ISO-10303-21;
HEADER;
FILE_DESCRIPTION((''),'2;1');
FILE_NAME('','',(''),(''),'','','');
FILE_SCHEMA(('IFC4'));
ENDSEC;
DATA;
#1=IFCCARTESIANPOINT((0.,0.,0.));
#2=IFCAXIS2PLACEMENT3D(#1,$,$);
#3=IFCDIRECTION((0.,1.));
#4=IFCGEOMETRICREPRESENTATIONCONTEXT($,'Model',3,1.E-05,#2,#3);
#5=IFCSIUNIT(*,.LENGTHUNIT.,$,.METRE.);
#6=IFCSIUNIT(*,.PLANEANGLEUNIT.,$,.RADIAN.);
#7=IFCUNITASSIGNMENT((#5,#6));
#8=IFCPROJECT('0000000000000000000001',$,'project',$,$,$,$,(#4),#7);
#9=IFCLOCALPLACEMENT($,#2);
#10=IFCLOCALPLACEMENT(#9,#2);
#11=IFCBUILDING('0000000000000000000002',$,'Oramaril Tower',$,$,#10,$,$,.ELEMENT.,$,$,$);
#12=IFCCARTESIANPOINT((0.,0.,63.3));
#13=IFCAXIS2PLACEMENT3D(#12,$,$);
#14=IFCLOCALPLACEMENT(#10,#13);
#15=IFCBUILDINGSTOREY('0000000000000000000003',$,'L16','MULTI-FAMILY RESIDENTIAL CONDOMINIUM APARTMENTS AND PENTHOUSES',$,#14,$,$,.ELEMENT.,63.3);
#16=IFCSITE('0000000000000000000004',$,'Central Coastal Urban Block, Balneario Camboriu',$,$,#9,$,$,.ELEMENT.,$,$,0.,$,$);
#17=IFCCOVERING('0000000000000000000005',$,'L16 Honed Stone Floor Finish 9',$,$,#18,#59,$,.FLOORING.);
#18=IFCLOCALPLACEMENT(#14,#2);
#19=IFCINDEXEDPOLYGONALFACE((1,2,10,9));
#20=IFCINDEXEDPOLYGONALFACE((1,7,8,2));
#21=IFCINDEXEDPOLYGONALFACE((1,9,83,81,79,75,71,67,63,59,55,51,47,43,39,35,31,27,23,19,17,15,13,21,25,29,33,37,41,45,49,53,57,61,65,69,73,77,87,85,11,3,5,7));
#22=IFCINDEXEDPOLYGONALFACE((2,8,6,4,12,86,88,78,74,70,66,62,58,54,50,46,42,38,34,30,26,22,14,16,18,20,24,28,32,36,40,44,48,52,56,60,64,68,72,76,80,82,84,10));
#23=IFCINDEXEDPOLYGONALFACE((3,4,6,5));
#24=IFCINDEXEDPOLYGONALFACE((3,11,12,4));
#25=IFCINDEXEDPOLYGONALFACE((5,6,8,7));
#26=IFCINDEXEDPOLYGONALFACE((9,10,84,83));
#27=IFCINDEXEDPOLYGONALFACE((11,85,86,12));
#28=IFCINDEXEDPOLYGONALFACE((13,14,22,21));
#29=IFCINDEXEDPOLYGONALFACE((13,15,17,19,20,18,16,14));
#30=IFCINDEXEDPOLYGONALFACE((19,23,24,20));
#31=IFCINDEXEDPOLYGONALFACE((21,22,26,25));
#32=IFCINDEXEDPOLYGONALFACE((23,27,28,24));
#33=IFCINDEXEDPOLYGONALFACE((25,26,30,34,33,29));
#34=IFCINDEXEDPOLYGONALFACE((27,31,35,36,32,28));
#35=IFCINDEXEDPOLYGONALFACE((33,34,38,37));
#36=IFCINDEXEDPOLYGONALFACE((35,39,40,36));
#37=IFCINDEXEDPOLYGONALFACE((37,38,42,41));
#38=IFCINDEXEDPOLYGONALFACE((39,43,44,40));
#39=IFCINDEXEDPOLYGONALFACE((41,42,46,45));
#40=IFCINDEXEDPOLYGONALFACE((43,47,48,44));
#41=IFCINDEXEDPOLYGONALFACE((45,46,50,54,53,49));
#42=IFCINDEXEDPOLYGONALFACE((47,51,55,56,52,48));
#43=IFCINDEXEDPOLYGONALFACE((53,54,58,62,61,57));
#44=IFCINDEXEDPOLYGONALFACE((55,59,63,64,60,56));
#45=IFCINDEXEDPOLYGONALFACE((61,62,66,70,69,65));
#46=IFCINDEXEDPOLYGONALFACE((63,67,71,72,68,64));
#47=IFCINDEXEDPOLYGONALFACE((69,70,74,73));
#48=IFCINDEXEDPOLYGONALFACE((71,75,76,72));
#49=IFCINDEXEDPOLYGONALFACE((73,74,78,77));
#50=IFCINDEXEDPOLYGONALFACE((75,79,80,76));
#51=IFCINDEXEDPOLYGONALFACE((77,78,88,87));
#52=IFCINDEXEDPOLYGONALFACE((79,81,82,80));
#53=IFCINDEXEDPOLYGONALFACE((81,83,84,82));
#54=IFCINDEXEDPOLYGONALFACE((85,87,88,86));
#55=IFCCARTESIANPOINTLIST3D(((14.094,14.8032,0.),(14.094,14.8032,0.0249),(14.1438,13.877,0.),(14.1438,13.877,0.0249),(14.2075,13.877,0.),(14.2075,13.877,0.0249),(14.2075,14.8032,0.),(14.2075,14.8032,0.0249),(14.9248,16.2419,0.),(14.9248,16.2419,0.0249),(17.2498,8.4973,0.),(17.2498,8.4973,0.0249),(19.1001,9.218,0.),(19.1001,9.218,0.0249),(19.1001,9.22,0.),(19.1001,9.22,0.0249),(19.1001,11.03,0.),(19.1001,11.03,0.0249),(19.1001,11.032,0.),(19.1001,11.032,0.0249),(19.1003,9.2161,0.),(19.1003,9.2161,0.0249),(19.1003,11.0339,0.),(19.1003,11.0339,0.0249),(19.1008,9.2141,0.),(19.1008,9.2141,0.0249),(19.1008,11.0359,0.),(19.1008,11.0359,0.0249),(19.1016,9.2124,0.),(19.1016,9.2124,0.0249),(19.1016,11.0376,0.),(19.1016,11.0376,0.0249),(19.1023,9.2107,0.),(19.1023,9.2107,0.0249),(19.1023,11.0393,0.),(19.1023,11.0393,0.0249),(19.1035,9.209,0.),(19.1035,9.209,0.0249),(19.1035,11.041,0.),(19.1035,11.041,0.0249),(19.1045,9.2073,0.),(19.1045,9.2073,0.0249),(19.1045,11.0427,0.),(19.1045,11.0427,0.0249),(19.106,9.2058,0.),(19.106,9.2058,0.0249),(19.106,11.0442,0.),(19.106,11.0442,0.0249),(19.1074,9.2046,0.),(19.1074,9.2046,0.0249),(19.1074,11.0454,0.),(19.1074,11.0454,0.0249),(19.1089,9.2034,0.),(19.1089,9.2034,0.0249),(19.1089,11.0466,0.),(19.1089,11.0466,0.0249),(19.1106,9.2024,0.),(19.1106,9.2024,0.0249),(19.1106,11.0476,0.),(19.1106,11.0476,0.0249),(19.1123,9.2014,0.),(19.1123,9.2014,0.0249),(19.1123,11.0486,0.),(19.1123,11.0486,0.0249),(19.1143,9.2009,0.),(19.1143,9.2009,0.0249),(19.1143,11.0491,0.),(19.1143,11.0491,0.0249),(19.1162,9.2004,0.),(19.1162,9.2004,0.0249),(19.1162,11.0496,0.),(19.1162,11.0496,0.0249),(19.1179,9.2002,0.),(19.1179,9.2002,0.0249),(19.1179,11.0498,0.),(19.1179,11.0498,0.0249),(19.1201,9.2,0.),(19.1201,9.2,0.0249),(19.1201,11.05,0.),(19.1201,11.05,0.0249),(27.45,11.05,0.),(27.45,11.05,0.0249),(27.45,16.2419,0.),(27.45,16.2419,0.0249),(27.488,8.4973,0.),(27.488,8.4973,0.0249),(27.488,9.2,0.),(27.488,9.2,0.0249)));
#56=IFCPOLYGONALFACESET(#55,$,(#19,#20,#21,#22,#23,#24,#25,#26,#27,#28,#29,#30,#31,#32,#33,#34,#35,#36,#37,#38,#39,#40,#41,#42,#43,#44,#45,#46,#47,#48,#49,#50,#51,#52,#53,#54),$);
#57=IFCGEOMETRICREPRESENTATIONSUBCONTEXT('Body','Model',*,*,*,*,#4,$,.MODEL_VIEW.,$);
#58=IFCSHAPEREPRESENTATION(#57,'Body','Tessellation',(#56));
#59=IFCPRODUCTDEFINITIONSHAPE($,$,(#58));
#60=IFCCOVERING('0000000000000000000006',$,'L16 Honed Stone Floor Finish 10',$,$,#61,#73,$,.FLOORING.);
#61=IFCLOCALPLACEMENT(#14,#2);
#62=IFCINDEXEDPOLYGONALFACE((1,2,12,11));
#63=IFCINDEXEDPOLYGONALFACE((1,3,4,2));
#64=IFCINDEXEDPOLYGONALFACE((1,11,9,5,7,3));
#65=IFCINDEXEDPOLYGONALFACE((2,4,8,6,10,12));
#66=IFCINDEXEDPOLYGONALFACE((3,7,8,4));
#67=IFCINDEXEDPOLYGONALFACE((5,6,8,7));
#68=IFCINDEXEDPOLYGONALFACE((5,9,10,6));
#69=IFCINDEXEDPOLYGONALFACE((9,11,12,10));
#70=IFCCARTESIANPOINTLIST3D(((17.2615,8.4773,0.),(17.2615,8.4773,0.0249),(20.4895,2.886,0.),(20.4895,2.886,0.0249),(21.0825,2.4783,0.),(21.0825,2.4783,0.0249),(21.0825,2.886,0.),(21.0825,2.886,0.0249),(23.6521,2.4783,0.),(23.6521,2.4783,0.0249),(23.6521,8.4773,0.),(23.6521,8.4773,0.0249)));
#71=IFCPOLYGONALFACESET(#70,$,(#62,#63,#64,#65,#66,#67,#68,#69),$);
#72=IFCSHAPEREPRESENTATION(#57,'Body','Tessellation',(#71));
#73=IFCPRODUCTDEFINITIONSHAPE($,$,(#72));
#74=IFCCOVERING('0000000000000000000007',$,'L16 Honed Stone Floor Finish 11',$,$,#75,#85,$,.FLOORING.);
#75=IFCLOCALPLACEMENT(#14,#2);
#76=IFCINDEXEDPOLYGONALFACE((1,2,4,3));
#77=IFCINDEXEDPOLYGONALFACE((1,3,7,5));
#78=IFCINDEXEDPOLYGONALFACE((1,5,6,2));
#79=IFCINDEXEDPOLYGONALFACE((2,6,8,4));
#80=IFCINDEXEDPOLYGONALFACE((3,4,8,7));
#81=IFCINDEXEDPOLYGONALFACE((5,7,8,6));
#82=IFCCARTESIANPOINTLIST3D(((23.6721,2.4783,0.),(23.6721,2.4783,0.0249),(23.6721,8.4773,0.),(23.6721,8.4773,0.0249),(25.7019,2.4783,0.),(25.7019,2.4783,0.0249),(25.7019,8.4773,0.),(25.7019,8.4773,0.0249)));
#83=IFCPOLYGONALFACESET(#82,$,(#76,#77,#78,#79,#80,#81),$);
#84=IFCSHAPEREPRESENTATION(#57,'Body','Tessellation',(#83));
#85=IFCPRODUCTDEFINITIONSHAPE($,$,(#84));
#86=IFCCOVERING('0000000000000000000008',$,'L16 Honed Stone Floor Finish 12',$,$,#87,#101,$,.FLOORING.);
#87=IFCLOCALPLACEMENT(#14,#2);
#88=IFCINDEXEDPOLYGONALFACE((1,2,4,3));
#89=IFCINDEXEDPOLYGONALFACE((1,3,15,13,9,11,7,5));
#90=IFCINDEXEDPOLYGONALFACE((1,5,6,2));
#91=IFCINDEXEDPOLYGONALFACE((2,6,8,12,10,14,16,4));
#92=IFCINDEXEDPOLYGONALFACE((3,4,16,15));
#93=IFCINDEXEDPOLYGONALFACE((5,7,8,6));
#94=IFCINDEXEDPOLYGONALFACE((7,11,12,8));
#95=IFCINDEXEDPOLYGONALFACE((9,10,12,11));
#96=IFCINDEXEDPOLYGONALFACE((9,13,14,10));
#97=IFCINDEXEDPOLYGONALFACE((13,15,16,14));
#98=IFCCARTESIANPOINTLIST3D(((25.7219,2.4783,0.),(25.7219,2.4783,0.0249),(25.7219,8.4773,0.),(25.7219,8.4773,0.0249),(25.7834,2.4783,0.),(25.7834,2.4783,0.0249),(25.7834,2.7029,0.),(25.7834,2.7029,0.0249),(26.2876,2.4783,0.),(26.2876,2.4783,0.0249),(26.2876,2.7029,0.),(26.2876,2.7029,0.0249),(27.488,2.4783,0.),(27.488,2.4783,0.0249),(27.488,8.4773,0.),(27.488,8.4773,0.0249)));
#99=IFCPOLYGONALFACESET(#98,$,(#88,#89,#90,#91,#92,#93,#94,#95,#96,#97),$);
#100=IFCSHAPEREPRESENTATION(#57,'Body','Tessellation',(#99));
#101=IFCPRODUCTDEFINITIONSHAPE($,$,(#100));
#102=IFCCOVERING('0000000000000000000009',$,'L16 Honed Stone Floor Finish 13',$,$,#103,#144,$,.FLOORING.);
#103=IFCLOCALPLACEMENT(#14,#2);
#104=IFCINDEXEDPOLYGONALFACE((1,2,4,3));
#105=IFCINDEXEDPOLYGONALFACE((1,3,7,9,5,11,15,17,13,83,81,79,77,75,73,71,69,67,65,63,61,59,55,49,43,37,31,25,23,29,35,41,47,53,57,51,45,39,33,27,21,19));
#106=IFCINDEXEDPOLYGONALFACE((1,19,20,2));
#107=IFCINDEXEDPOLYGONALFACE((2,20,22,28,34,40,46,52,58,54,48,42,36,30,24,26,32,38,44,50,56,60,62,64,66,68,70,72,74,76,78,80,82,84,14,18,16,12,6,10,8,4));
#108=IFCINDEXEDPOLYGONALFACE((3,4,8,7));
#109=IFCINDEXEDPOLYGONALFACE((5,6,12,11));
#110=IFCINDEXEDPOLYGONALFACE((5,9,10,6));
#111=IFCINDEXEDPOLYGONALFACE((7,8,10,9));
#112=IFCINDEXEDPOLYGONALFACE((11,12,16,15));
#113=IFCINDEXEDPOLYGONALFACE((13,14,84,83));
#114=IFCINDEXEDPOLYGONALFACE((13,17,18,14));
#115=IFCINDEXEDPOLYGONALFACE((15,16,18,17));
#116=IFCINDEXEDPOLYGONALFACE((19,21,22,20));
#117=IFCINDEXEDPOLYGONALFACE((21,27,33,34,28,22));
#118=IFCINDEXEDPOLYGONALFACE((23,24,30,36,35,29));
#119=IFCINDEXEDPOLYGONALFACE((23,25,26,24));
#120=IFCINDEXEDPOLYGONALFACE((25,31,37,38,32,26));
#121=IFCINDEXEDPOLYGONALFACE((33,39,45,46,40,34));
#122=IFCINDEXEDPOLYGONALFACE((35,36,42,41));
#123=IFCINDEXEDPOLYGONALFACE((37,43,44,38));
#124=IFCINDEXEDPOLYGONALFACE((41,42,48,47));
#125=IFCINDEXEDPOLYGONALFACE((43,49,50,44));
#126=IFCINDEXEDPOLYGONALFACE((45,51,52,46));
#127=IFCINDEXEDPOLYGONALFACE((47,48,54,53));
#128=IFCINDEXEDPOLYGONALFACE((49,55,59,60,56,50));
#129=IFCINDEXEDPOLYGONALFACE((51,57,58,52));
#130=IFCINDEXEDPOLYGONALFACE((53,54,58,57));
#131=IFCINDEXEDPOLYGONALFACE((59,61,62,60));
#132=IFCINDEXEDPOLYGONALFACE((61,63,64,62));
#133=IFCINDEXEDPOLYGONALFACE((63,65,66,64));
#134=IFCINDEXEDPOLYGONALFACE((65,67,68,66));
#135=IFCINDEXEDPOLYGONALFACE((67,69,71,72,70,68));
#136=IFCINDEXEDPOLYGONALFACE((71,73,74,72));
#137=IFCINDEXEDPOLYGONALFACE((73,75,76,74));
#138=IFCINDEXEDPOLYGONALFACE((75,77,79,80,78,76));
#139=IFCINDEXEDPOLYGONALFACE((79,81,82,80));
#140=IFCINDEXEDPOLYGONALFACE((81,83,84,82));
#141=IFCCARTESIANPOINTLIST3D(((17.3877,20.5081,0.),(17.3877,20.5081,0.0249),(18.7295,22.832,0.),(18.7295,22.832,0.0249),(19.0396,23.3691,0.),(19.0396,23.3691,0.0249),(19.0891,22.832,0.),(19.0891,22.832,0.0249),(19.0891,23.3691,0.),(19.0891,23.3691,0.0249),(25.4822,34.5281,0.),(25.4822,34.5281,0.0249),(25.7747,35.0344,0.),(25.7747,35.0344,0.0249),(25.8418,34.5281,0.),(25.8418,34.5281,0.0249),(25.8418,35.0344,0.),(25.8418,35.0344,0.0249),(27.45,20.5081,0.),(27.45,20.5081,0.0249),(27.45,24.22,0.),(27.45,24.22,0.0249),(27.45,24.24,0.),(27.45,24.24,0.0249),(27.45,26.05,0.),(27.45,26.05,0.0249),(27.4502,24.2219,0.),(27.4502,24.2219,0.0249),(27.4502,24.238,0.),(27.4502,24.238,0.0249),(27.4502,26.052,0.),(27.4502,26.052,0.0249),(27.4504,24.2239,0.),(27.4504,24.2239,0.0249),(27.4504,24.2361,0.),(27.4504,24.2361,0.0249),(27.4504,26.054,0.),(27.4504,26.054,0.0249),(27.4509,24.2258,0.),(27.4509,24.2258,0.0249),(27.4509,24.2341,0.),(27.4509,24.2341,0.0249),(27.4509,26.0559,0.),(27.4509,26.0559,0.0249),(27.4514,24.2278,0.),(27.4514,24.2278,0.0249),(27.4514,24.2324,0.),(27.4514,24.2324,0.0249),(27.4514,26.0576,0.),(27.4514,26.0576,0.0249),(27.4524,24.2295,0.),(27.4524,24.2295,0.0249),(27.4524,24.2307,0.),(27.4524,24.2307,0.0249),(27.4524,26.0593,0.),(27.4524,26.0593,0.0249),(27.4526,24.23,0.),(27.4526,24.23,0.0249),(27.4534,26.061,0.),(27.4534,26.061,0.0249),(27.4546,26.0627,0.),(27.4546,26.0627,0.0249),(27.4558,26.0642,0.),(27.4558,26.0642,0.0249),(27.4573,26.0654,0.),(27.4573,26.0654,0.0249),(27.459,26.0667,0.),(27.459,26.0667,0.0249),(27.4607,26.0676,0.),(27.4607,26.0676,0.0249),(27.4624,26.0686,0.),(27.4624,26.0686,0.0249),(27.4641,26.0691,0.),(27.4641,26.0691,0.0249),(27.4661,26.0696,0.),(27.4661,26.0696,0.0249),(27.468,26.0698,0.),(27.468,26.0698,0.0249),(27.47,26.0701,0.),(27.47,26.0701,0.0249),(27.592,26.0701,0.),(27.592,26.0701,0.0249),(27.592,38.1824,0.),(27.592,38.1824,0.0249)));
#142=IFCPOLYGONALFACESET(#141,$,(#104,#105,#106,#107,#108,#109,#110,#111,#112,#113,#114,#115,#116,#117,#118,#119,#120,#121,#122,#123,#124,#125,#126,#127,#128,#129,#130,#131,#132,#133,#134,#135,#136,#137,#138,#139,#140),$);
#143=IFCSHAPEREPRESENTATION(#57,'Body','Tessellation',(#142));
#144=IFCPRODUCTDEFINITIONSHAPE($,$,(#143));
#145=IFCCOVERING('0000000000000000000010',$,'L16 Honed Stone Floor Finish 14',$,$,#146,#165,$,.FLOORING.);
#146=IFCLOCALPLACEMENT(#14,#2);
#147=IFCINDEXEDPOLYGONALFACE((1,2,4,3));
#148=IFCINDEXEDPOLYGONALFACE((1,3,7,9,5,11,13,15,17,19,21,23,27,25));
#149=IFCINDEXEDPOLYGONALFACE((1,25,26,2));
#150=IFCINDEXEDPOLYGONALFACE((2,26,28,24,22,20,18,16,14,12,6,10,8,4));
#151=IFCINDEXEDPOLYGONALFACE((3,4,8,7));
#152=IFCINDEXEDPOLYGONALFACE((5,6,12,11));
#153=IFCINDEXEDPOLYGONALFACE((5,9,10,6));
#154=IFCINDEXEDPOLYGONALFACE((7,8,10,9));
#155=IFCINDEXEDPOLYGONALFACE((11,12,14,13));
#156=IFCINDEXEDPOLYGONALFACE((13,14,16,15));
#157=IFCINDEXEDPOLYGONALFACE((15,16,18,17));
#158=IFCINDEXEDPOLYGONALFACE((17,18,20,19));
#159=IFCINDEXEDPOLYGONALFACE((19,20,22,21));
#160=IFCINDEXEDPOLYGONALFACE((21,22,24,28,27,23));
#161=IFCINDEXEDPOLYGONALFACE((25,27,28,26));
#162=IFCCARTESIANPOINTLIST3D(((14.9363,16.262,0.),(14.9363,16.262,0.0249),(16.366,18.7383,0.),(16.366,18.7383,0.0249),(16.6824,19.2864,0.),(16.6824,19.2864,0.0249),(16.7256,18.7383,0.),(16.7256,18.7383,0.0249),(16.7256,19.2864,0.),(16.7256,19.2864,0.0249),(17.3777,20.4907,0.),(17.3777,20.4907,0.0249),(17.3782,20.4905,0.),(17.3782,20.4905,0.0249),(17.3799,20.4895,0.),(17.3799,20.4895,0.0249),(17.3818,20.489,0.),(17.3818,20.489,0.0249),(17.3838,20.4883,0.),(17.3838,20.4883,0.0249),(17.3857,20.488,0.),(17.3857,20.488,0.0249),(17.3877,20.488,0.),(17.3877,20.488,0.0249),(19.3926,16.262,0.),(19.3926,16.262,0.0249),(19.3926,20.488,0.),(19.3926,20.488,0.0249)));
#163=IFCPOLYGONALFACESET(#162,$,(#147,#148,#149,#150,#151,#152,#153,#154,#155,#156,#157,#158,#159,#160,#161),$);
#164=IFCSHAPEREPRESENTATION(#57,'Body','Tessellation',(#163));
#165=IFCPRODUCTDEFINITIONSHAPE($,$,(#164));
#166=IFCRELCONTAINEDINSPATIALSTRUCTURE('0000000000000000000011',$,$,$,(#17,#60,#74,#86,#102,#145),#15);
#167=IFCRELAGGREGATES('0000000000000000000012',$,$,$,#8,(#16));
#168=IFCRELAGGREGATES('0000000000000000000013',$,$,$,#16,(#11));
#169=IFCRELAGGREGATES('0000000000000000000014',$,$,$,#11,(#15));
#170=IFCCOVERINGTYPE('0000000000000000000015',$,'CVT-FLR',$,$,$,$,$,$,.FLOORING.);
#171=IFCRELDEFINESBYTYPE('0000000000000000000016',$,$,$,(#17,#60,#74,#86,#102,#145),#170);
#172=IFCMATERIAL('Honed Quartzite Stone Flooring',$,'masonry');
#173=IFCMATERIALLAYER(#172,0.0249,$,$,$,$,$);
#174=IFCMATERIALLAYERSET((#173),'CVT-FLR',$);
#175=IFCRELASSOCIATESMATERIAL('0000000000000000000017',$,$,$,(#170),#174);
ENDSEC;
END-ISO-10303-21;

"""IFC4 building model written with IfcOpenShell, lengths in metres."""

from ifc_helpers import new_model, si_unit, direction, frame, origin, place, context, subcontext, project, spatial, polyline, outline, extrude, material, layer, layer_set, type_object, element, save


model = new_model("IFC4")

# Units and contexts
model_context = context("Model", 3, precision=1e-05, world=origin(), true_north=direction((0.0, 1.0)))
body_context = subcontext(model_context, "Body", "Model", "MODEL_VIEW")
ifc_project = project(units=[si_unit("LENGTHUNIT", "METRE"), si_unit("PLANEANGLEUNIT", "RADIAN")], contexts=[model_context])

# Site, building, storey
site_placement = place(None, origin())
site = spatial("IfcSite", under=ifc_project, at=site_placement, Name="Central Coastal Urban Block, Balneario Camboriu", CompositionType="ELEMENT", RefElevation=0.0)
building_placement = place(site_placement, origin())
building = spatial("IfcBuilding", under=site, at=building_placement, Name="Oramaril Tower", CompositionType="ELEMENT")
storey_placement = place(building_placement, frame((0.0, 0.0, 63.3)))
storey = spatial("IfcBuildingStorey", under=building, at=storey_placement, Name="L16", Description="MULTI-FAMILY RESIDENTIAL CONDOMINIUM APARTMENTS AND PENTHOUSES", CompositionType="ELEMENT", Elevation=63.3)

# Coverings
ifc_material_1 = material(Name="Honed Quartzite Stone Flooring", Category="masonry")
ifc_layer_1 = layer(ifc_material_1, 0.0249)
ifc_layer_set_1 = layer_set([ifc_layer_1], Name="CVT-FLR")
covering_type_1 = type_object("IfcCoveringType", Name="CVT-FLR", PredefinedType="FLOORING", material=ifc_layer_set_1)
covering_1_placement = place(storey_placement, origin())
element("IfcCovering", 1, at=covering_1_placement, inside=storey, type_object=covering_type_1, Name="L16 Honed Stone Floor Finish 9", PredefinedType="FLOORING", context=body_context, shape_type="SweptSolid", body=[
    extrude(outline(polyline([(27.45, 16.2419), (27.45, 11.05), (19.1201, 11.05), (19.1179, 11.0498), (19.1162, 11.0496), (19.1143, 11.0491), (19.1123, 11.0486), (19.1106, 11.0476), (19.1089, 11.0466), (19.1074, 11.0454), (19.106, 11.0442), (19.1045, 11.0427), (19.1035, 11.041), (19.1023, 11.0393), (19.1016, 11.0376), (19.1008, 11.0359), (19.1003, 11.0339), (19.1001, 11.032), (19.1001, 11.03), (19.1001, 9.22), (19.1001, 9.218), (19.1003, 9.2161), (19.1008, 9.2141), (19.1016, 9.2124), (19.1023, 9.2107), (19.1035, 9.209), (19.1045, 9.2073), (19.106, 9.2058), (19.1074, 9.2046), (19.1089, 9.2034), (19.1106, 9.2024), (19.1123, 9.2014), (19.1143, 9.2009), (19.1162, 9.2004), (19.1179, 9.2002), (19.1201, 9.2), (27.488, 9.2), (27.488, 8.4973), (17.2498, 8.4973), (14.1438, 13.877), (14.2075, 13.877), (14.2075, 14.8032), (14.094, 14.8032), (14.9248, 16.2419), (27.45, 16.2419)])), origin(), (0.0, 0.0, 1.0), 0.0249),
])
covering_2_placement = place(storey_placement, origin())
element("IfcCovering", 2, at=covering_2_placement, inside=storey, type_object=covering_type_1, Name="L16 Honed Stone Floor Finish 10", PredefinedType="FLOORING", context=body_context, shape_type="SweptSolid", body=[
    extrude(outline(polyline([(21.0825, 2.4783), (21.0825, 2.886), (20.4895, 2.886), (17.2615, 8.4773), (23.6521, 8.4773), (23.6521, 2.4783), (21.0825, 2.4783)])), origin(), (0.0, 0.0, 1.0), 0.0249),
])
covering_3_placement = place(storey_placement, origin())
element("IfcCovering", 3, at=covering_3_placement, inside=storey, type_object=covering_type_1, Name="L16 Honed Stone Floor Finish 11", PredefinedType="FLOORING", context=body_context, shape_type="SweptSolid", body=[
    extrude(outline(polyline([(23.6721, 2.4783), (23.6721, 8.4773), (25.7019, 8.4773), (25.7019, 2.4783), (23.6721, 2.4783)])), origin(), (0.0, 0.0, 1.0), 0.0249),
])
covering_4_placement = place(storey_placement, origin())
element("IfcCovering", 4, at=covering_4_placement, inside=storey, type_object=covering_type_1, Name="L16 Honed Stone Floor Finish 12", PredefinedType="FLOORING", context=body_context, shape_type="SweptSolid", body=[
    extrude(outline(polyline([(26.2876, 2.4783), (26.2876, 2.7029), (25.7834, 2.7029), (25.7834, 2.4783), (25.7219, 2.4783), (25.7219, 8.4773), (27.488, 8.4773), (27.488, 2.4783), (26.2876, 2.4783)])), origin(), (0.0, 0.0, 1.0), 0.0249),
])
covering_5_placement = place(storey_placement, origin())
element("IfcCovering", 5, at=covering_5_placement, inside=storey, type_object=covering_type_1, Name="L16 Honed Stone Floor Finish 13", PredefinedType="FLOORING", context=body_context, shape_type="SweptSolid", body=[
    extrude(outline(polyline([(18.7295, 22.832), (19.0891, 22.832), (19.0891, 23.3691), (19.0396, 23.3691), (25.4822, 34.5281), (25.8418, 34.5281), (25.8418, 35.0344), (25.7747, 35.0344), (27.592, 38.1824), (27.592, 26.0701), (27.47, 26.0701), (27.468, 26.0698), (27.4661, 26.0696), (27.4641, 26.0691), (27.4624, 26.0686), (27.4607, 26.0676), (27.459, 26.0667), (27.4573, 26.0654), (27.4558, 26.0642), (27.4546, 26.0627), (27.4534, 26.061), (27.4524, 26.0593), (27.4514, 26.0576), (27.4509, 26.0559), (27.4504, 26.054), (27.4502, 26.052), (27.45, 26.05), (27.45, 24.24), (27.4502, 24.238), (27.4504, 24.2361), (27.4509, 24.2341), (27.4514, 24.2324), (27.4524, 24.2307), (27.4526, 24.23), (27.4524, 24.2295), (27.4514, 24.2278), (27.4509, 24.2258), (27.4504, 24.2239), (27.4502, 24.2219), (27.45, 24.22), (27.45, 20.5081), (17.3877, 20.5081), (18.7295, 22.832)])), origin(), (0.0, 0.0, 1.0), 0.0249),
])
covering_6_placement = place(storey_placement, origin())
element("IfcCovering", 6, at=covering_6_placement, inside=storey, type_object=covering_type_1, Name="L16 Honed Stone Floor Finish 14", PredefinedType="FLOORING", context=body_context, shape_type="SweptSolid", body=[
    extrude(outline(polyline([(16.7256, 18.7383), (16.7256, 19.2864), (16.6824, 19.2864), (17.3777, 20.4907), (17.3782, 20.4905), (17.3799, 20.4895), (17.3818, 20.489), (17.3838, 20.4883), (17.3857, 20.488), (17.3877, 20.488), (19.3926, 20.488), (19.3926, 16.262), (14.9363, 16.262), (16.366, 18.7383), (16.7256, 18.7383)])), origin(), (0.0, 0.0, 1.0), 0.0249),
])

save(model, "model.ifc")
